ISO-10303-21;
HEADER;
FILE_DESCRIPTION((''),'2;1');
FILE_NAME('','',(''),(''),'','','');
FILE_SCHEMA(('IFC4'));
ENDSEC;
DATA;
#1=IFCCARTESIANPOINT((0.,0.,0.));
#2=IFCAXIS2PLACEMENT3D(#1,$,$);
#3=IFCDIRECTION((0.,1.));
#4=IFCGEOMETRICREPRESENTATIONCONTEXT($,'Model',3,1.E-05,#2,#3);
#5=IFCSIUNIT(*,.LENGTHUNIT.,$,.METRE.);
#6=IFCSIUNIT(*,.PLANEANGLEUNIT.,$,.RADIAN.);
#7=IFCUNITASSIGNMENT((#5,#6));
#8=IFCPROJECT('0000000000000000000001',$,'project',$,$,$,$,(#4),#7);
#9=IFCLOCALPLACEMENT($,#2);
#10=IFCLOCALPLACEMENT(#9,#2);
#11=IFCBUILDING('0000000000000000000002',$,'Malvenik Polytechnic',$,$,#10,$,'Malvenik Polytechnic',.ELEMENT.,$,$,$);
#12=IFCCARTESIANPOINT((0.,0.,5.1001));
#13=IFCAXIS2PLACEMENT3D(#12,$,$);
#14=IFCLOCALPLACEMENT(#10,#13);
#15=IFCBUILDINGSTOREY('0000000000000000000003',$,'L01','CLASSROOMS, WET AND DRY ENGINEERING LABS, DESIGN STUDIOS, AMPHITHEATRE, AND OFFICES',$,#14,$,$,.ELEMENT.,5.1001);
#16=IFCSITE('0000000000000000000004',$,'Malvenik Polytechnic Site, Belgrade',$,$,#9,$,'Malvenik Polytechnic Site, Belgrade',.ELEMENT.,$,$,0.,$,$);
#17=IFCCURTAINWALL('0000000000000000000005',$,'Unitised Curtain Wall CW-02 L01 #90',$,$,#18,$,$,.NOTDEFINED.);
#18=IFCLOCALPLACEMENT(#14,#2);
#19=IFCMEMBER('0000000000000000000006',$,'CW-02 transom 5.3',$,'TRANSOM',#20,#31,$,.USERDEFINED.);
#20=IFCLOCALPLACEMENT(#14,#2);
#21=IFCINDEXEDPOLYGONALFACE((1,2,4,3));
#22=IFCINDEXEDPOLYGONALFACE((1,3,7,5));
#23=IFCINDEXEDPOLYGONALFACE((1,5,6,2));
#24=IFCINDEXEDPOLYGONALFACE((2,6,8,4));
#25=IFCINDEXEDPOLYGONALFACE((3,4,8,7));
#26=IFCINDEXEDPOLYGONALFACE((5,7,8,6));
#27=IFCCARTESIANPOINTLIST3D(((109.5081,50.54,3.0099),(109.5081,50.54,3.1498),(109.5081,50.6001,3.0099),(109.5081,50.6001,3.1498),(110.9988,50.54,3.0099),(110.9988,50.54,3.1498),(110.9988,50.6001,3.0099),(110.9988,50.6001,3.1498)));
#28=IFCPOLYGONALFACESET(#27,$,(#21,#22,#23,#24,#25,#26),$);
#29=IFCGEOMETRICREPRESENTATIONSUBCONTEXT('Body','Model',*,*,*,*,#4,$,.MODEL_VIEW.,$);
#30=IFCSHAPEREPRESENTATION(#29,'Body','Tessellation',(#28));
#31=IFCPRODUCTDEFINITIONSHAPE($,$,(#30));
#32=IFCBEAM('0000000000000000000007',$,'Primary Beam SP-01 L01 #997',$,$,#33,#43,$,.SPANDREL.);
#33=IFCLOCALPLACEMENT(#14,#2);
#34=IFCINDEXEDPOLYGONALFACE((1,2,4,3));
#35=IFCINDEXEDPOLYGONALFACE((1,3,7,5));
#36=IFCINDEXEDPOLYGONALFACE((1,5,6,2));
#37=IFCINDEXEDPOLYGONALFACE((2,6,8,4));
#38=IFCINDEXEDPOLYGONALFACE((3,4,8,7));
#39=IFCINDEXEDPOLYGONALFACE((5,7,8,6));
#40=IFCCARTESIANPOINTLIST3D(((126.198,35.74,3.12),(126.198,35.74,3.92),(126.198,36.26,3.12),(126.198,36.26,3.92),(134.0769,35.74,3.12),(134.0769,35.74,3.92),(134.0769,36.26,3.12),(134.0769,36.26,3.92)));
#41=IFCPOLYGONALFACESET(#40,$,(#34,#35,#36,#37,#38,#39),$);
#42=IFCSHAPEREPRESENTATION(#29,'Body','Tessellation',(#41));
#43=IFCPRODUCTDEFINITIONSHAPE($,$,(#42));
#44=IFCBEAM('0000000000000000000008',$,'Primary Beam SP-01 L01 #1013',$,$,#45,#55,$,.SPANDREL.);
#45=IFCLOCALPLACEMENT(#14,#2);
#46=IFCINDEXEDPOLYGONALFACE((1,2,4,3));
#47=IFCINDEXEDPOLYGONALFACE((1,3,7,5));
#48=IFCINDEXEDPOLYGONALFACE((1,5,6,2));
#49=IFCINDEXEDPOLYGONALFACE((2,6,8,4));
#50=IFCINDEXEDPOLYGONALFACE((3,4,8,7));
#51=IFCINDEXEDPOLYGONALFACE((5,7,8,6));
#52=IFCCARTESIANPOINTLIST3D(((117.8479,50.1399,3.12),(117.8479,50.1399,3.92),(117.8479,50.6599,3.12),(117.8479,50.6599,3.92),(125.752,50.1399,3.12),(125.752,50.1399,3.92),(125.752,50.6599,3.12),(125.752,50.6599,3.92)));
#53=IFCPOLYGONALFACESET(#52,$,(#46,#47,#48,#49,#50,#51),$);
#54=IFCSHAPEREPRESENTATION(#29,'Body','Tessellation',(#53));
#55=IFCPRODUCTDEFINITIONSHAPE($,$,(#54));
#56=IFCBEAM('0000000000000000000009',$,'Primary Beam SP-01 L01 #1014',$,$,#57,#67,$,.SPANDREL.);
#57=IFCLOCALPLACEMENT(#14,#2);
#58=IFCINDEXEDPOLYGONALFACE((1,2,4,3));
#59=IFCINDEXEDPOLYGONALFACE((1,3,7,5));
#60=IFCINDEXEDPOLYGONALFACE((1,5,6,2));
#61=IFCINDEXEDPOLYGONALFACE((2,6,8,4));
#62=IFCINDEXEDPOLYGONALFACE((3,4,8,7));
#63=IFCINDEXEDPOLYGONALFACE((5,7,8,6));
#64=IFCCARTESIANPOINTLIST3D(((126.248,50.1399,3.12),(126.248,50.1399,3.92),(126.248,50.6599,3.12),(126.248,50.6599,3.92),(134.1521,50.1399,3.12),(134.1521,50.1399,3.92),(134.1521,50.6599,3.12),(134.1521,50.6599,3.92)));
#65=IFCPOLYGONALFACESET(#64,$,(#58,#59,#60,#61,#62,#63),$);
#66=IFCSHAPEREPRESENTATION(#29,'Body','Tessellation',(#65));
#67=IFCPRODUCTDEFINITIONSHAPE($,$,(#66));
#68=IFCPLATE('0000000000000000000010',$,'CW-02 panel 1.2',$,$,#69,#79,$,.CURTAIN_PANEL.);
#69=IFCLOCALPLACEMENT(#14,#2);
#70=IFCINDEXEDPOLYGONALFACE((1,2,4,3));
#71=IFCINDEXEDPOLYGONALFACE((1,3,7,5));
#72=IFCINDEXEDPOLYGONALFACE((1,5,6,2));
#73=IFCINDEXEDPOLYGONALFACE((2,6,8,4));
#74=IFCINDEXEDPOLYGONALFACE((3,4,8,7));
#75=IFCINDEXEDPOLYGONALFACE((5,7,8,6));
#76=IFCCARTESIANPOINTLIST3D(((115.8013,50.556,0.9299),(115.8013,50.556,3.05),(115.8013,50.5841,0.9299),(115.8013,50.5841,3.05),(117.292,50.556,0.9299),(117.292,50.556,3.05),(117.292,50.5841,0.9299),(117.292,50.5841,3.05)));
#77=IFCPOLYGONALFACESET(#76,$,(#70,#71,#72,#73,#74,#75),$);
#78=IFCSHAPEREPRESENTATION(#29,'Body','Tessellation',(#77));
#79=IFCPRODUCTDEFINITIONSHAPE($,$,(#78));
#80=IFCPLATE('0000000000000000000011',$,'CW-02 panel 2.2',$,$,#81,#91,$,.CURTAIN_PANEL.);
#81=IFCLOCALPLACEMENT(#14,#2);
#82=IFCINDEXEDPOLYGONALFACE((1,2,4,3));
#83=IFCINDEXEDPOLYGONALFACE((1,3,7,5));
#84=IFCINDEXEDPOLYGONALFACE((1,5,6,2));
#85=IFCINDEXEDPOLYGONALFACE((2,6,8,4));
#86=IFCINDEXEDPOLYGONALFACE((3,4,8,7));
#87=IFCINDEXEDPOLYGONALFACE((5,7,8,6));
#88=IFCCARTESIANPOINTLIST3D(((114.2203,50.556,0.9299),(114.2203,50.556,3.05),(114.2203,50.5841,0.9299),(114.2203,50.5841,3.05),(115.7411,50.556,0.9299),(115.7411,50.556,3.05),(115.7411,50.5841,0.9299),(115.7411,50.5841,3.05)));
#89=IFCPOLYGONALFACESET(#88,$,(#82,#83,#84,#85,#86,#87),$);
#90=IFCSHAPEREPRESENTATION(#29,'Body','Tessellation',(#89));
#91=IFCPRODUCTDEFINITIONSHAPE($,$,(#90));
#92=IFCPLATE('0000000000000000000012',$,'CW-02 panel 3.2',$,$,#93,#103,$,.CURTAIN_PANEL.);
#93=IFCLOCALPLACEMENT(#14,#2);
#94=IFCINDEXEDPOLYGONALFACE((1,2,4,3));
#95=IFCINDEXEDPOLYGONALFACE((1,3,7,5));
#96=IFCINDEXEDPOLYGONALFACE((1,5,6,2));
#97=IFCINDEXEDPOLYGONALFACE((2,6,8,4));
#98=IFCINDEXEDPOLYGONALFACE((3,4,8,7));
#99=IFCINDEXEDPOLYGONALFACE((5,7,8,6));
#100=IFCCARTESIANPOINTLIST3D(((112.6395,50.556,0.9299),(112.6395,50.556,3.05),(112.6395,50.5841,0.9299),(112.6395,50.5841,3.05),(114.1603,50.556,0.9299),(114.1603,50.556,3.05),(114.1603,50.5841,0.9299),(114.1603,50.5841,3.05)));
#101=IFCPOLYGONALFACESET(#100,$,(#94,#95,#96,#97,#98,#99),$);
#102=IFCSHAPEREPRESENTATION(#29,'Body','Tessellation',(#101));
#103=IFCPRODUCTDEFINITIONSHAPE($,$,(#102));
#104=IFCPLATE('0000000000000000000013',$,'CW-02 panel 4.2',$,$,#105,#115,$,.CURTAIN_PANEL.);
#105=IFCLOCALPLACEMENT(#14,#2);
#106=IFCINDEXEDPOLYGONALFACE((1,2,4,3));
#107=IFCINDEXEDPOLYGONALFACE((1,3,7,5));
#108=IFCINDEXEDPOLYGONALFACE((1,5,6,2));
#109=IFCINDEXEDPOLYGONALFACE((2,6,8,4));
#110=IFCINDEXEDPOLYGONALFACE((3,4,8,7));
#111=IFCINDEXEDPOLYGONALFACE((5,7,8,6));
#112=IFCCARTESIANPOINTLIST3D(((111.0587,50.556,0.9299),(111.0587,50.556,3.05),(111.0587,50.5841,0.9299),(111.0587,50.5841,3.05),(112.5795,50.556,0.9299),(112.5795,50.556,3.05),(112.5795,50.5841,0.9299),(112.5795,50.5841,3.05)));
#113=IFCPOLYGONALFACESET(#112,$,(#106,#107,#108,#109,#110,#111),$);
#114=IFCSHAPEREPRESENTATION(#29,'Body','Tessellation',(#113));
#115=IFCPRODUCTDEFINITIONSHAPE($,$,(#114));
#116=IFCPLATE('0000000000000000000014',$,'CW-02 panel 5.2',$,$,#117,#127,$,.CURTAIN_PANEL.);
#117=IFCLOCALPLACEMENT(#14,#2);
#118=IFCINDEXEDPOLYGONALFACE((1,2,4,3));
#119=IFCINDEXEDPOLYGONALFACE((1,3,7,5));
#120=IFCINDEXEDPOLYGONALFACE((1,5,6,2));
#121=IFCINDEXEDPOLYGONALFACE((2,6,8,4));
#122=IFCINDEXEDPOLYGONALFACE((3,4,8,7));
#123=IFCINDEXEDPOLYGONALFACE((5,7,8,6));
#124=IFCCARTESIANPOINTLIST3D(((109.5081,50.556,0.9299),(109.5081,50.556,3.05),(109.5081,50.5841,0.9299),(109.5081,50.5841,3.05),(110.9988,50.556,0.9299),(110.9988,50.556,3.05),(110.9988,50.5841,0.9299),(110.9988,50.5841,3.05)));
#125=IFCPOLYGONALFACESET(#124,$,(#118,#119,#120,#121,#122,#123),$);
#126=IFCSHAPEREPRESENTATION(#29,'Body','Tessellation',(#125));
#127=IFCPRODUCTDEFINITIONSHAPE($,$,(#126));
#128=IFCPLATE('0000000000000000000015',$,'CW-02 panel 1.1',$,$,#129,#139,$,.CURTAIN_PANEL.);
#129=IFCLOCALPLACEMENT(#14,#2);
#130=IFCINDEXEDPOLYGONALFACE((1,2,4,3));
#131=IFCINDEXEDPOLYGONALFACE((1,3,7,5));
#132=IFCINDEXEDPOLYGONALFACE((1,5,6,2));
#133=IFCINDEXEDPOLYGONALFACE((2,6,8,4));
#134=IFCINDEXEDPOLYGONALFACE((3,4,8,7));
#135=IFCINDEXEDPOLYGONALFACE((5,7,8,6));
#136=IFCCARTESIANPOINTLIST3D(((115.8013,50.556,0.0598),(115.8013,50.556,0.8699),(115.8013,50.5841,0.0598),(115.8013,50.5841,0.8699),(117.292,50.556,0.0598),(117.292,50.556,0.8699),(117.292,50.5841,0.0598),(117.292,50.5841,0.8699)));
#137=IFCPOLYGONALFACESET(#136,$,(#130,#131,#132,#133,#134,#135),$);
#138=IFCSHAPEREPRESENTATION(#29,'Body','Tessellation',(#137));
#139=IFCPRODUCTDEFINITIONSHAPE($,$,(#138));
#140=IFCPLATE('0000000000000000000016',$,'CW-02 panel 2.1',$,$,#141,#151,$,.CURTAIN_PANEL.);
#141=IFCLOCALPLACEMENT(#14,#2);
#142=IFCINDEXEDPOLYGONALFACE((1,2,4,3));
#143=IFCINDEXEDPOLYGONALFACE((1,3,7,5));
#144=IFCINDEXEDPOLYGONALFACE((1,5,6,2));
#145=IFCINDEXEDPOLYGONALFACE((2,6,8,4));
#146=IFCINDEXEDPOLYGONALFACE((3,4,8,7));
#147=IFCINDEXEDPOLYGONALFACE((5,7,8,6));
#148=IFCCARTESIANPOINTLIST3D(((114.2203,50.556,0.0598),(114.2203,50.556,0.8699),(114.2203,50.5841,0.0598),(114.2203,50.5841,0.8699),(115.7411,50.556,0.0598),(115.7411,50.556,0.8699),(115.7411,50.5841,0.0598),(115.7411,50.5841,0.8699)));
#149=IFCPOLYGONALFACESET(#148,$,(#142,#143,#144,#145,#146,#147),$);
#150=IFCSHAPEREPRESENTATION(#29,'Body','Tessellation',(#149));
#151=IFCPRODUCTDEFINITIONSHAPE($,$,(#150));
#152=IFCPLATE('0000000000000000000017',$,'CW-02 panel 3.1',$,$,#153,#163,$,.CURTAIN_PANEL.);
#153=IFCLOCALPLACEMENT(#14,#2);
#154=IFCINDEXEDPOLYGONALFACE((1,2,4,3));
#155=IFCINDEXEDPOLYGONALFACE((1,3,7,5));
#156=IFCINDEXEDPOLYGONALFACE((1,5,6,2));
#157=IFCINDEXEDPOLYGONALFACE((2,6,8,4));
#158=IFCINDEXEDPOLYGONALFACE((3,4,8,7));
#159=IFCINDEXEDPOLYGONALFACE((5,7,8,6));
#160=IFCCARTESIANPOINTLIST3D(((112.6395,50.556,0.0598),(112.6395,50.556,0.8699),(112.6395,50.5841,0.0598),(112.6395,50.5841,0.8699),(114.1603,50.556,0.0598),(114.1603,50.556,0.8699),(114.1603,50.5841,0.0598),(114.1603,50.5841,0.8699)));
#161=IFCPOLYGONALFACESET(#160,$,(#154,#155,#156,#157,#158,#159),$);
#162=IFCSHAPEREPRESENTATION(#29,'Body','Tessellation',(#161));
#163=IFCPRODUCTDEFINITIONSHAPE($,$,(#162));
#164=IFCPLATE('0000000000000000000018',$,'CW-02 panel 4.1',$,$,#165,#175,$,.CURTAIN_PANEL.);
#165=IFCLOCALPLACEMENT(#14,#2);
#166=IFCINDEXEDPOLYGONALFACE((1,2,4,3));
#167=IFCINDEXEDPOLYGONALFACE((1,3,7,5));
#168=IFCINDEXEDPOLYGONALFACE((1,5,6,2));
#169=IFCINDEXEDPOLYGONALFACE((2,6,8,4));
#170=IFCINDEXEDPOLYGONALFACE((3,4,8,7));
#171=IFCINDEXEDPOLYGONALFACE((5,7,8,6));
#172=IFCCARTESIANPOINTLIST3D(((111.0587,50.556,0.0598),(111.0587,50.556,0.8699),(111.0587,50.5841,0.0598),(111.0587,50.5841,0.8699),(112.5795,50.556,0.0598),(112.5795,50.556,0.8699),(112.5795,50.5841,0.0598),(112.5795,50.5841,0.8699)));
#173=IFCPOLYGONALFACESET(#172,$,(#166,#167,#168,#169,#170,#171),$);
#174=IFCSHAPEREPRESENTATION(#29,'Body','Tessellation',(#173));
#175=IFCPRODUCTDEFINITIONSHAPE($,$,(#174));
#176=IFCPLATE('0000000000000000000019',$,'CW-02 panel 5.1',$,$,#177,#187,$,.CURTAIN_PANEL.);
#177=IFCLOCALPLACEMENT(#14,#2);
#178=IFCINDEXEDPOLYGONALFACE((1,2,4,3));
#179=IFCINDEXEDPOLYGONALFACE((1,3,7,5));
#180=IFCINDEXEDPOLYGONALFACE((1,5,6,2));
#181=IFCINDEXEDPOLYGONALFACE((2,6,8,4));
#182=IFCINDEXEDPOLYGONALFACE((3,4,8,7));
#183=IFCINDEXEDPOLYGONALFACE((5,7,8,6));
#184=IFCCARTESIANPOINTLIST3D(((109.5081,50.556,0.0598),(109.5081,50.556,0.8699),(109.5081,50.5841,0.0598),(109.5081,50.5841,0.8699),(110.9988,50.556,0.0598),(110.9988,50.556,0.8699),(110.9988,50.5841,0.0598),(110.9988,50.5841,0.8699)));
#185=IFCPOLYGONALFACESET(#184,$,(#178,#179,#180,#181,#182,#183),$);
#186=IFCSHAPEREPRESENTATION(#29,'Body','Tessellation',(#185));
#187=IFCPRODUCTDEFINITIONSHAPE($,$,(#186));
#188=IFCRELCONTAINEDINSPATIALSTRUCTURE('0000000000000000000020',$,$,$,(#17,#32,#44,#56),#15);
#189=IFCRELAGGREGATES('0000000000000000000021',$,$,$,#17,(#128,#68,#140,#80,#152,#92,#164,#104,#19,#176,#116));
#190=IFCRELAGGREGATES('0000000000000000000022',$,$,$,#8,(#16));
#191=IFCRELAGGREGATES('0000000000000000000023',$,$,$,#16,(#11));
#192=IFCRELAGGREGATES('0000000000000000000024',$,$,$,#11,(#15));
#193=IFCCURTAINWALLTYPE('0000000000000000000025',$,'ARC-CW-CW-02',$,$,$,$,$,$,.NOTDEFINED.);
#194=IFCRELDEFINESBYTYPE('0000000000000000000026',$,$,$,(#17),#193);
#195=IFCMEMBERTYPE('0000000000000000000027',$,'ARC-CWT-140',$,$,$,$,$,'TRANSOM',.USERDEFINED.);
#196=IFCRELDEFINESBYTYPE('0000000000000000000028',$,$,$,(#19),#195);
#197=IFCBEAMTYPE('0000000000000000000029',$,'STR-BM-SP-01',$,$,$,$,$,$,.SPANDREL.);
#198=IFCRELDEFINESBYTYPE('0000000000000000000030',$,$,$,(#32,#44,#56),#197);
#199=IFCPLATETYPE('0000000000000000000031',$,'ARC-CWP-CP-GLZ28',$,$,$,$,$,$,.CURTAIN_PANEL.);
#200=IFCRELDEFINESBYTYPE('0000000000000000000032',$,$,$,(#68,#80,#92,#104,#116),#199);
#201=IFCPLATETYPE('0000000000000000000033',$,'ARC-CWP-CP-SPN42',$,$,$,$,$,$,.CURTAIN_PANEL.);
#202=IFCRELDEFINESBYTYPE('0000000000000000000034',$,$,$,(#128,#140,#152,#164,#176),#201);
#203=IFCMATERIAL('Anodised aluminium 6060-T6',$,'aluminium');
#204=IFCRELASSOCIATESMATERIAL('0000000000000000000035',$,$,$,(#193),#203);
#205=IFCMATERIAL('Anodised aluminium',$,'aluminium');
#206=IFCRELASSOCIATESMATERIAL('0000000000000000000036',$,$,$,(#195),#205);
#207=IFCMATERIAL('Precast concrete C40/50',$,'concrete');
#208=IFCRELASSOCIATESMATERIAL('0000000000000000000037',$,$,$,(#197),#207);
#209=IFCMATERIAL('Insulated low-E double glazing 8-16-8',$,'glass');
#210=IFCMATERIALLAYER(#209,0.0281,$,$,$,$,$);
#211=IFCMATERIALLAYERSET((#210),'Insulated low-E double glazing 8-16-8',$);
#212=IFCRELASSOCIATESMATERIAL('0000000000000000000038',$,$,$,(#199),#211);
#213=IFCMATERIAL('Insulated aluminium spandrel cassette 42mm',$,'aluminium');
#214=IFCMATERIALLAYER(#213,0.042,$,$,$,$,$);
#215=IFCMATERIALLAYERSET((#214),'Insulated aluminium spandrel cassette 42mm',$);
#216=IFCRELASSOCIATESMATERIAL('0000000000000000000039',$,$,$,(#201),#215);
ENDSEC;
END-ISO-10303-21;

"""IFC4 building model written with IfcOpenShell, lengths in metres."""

from ifc_helpers import new_model, si_unit, direction, frame, origin, origin_2d, place, context, subcontext, project, spatial, rectangle, extrude, material, layer, layer_set, material_profile, profile_set, type_object, element, aggregate, save


model = new_model("IFC4")

# Units and contexts
model_context = context("Model", 3, precision=1e-05, world=origin(), true_north=direction((0.0, 1.0)))
body_context = subcontext(model_context, "Body", "Model", "MODEL_VIEW")
ifc_project = project(units=[si_unit("LENGTHUNIT", "METRE"), si_unit("PLANEANGLEUNIT", "RADIAN")], contexts=[model_context])

# Site, building, storey
site_placement = place(None, origin())
site = spatial("IfcSite", under=ifc_project, at=site_placement, Name="Malvenik Polytechnic Site, Belgrade", LongName="Malvenik Polytechnic Site, Belgrade", CompositionType="ELEMENT", RefElevation=0.0)
building_placement = place(site_placement, origin())
building = spatial("IfcBuilding", under=site, at=building_placement, Name="Malvenik Polytechnic", LongName="Malvenik Polytechnic", CompositionType="ELEMENT")
storey_placement = place(building_placement, frame((0.0, 0.0, 5.1001)))
storey = spatial("IfcBuildingStorey", under=building, at=storey_placement, Name="L01", Description="CLASSROOMS, WET AND DRY ENGINEERING LABS, DESIGN STUDIOS, AMPHITHEATRE, AND OFFICES", CompositionType="ELEMENT", Elevation=5.1001)

# Curtain wall, member
ifc_material_1 = material(Name="Anodised aluminium 6060-T6", Category="aluminium")
curtain_wall_type = type_object("IfcCurtainWallType", Name="ARC-CW-CW-02", PredefinedType="NOTDEFINED", material=ifc_material_1)
curtain_wall_placement = place(storey_placement, origin())
curtain_wall = element("IfcCurtainWall", 1, at=curtain_wall_placement, inside=storey, type_object=curtain_wall_type, Name="Unitised Curtain Wall CW-02 L01 #90", PredefinedType="NOTDEFINED")
ifc_material_2 = material(Name="Anodised aluminium", Category="aluminium")
ifc_material_profile_1 = material_profile(ifc_material_2, rectangle(XDim=0.0601, YDim=0.1399, at=origin_2d()), Name="ALU TRANSOM 60x140")
ifc_profile_set_1 = profile_set([ifc_material_profile_1], Name="Anodised aluminium")
member_type_1 = type_object("IfcMemberType", Name="ARC-CWT-140", ElementType="TRANSOM", PredefinedType="USERDEFINED", material=ifc_profile_set_1)
member_1_placement = place(storey_placement, frame((110.9988, 50.5701, 3.0798), z_axis=(-1.0, 0.0, 0.0), x_axis=(0.0, -1.0, 0.0)))
member_1 = element("IfcMember", 2, at=member_1_placement, type_object=member_type_1, Name="CW-02 transom 5.3", ObjectType="TRANSOM", PredefinedType="USERDEFINED", context=body_context, shape_type="SweptSolid", body=[
    extrude(rectangle(XDim=0.0601, YDim=0.1399, at=origin_2d()), origin(), (0.0, 0.0, 1.0), 1.4907),
])

# Beams
ifc_material_3 = material(Name="Precast concrete C40/50", Category="concrete")
ifc_material_profile_2 = material_profile(ifc_material_3, rectangle(XDim=0.52, YDim=0.8, at=origin_2d()), Name="PC SPN 520x800")
ifc_profile_set_2 = profile_set([ifc_material_profile_2], Name="Precast concrete C40/50")
beam_type = type_object("IfcBeamType", Name="STR-BM-SP-01", PredefinedType="SPANDREL", material=ifc_profile_set_2)
beam_placement = place(storey_placement, frame((126.198, 36.0, 3.52), z_axis=(1.0, 0.0, 0.0), x_axis=(0.0, 1.0, 0.0)))
element("IfcBeam", 3, at=beam_placement, inside=storey, type_object=beam_type, Name="Primary Beam SP-01 L01 #997", PredefinedType="SPANDREL", context=body_context, shape_type="SweptSolid", body=[
    extrude(rectangle(XDim=0.52, YDim=0.8, at=origin_2d()), origin(), (0.0, 0.0, 1.0), 7.8789),
])
for number, where, z_axis, x_axis, name in (
    (4, (117.8479, 50.3999, 3.52), (1.0, 0.0, 0.0), (0.0, 1.0, 0.0), "Primary Beam SP-01 L01 #1013"),
    (5, (126.248, 50.3999, 3.52), (1.0, 0.0, 0.0), (0.0, 1.0, 0.0), "Primary Beam SP-01 L01 #1014"),
):
    element("IfcBeam", number, at=place(storey_placement, frame(where, z_axis=z_axis, x_axis=x_axis)), inside=storey, type_object=beam_type, Name=name, PredefinedType="SPANDREL", context=body_context, shape_type="SweptSolid", body=[
        extrude(rectangle(XDim=0.52, YDim=0.8, at=origin_2d()), origin(), (0.0, 0.0, 1.0), 7.9041),
    ])

# Plates
ifc_material_4 = material(Name="Insulated low-E double glazing 8-16-8", Category="glass")
ifc_layer_1 = layer(ifc_material_4, 0.0281)
ifc_layer_set_1 = layer_set([ifc_layer_1], Name="Insulated low-E double glazing 8-16-8")
plate_type_1 = type_object("IfcPlateType", Name="ARC-CWP-CP-GLZ28", PredefinedType="CURTAIN_PANEL", material=ifc_layer_set_1)
plate_1_placement = place(storey_placement, frame((116.5466, 50.5701, 0.9299), z_axis=(0.0, 0.0, 1.0), x_axis=(-1.0, 0.0, 0.0)))
plate_1 = element("IfcPlate", 6, at=plate_1_placement, type_object=plate_type_1, Name="CW-02 panel 1.2", PredefinedType="CURTAIN_PANEL", context=body_context, shape_type="SweptSolid", body=[
    extrude(rectangle(XDim=1.4907, YDim=0.0281, at=origin_2d()), origin(), (0.0, 0.0, 1.0), 2.1201),
])
plate_2_placement = place(storey_placement, frame((114.9807, 50.5701, 0.9299), z_axis=(0.0, 0.0, 1.0), x_axis=(-1.0, 0.0, 0.0)))
plate_2 = element("IfcPlate", 7, at=plate_2_placement, type_object=plate_type_1, Name="CW-02 panel 2.2", PredefinedType="CURTAIN_PANEL", context=body_context, shape_type="SweptSolid", body=[
    extrude(rectangle(XDim=1.5208, YDim=0.0281, at=origin_2d()), origin(), (0.0, 0.0, 1.0), 2.1201),
])
plate_3_placement = place(storey_placement, frame((113.3999, 50.5701, 0.9299), z_axis=(0.0, 0.0, 1.0), x_axis=(-1.0, 0.0, 0.0)))
plate_3 = element("IfcPlate", 8, at=plate_3_placement, type_object=plate_type_1, Name="CW-02 panel 3.2", PredefinedType="CURTAIN_PANEL", context=body_context, shape_type="SweptSolid", body=[
    extrude(rectangle(XDim=1.5208, YDim=0.0281, at=origin_2d()), origin(), (0.0, 0.0, 1.0), 2.1201),
])
plate_4_placement = place(storey_placement, frame((111.8191, 50.5701, 0.9299), z_axis=(0.0, 0.0, 1.0), x_axis=(-1.0, 0.0, 0.0)))
plate_4 = element("IfcPlate", 9, at=plate_4_placement, type_object=plate_type_1, Name="CW-02 panel 4.2", PredefinedType="CURTAIN_PANEL", context=body_context, shape_type="SweptSolid", body=[
    extrude(rectangle(XDim=1.5208, YDim=0.0281, at=origin_2d()), origin(), (0.0, 0.0, 1.0), 2.1201),
])
plate_5_placement = place(storey_placement, frame((110.2534, 50.5701, 0.9299), z_axis=(0.0, 0.0, 1.0), x_axis=(-1.0, 0.0, 0.0)))
plate_5 = element("IfcPlate", 10, at=plate_5_placement, type_object=plate_type_1, Name="CW-02 panel 5.2", PredefinedType="CURTAIN_PANEL", context=body_context, shape_type="SweptSolid", body=[
    extrude(rectangle(XDim=1.4907, YDim=0.0281, at=origin_2d()), origin(), (0.0, 0.0, 1.0), 2.1201),
])
ifc_material_5 = material(Name="Insulated aluminium spandrel cassette 42mm", Category="aluminium")
ifc_layer_2 = layer(ifc_material_5, 0.042)
ifc_layer_set_2 = layer_set([ifc_layer_2], Name="Insulated aluminium spandrel cassette 42mm")
plate_type_2 = type_object("IfcPlateType", Name="ARC-CWP-CP-SPN42", PredefinedType="CURTAIN_PANEL", material=ifc_layer_set_2)
plate_6_placement = place(storey_placement, frame((116.5466, 50.5701, 0.0598), z_axis=(0.0, 0.0, 1.0), x_axis=(-1.0, 0.0, 0.0)))
plate_6 = element("IfcPlate", 11, at=plate_6_placement, type_object=plate_type_2, Name="CW-02 panel 1.1", PredefinedType="CURTAIN_PANEL", context=body_context, shape_type="SweptSolid", body=[
    extrude(rectangle(XDim=1.4907, YDim=0.0281, at=origin_2d()), origin(), (0.0, 0.0, 1.0), 0.8101),
])
plate_7_placement = place(storey_placement, frame((114.9807, 50.5701, 0.0598), z_axis=(0.0, 0.0, 1.0), x_axis=(-1.0, 0.0, 0.0)))
plate_7 = element("IfcPlate", 12, at=plate_7_placement, type_object=plate_type_2, Name="CW-02 panel 2.1", PredefinedType="CURTAIN_PANEL", context=body_context, shape_type="SweptSolid", body=[
    extrude(rectangle(XDim=1.5208, YDim=0.0281, at=origin_2d()), origin(), (0.0, 0.0, 1.0), 0.8101),
])
plate_8_placement = place(storey_placement, frame((113.3999, 50.5701, 0.0598), z_axis=(0.0, 0.0, 1.0), x_axis=(-1.0, 0.0, 0.0)))
plate_8 = element("IfcPlate", 13, at=plate_8_placement, type_object=plate_type_2, Name="CW-02 panel 3.1", PredefinedType="CURTAIN_PANEL", context=body_context, shape_type="SweptSolid", body=[
    extrude(rectangle(XDim=1.5208, YDim=0.0281, at=origin_2d()), origin(), (0.0, 0.0, 1.0), 0.8101),
])
plate_9_placement = place(storey_placement, frame((111.8191, 50.5701, 0.0598), z_axis=(0.0, 0.0, 1.0), x_axis=(-1.0, 0.0, 0.0)))
plate_9 = element("IfcPlate", 14, at=plate_9_placement, type_object=plate_type_2, Name="CW-02 panel 4.1", PredefinedType="CURTAIN_PANEL", context=body_context, shape_type="SweptSolid", body=[
    extrude(rectangle(XDim=1.5208, YDim=0.0281, at=origin_2d()), origin(), (0.0, 0.0, 1.0), 0.8101),
])
plate_10_placement = place(storey_placement, frame((110.2534, 50.5701, 0.0598), z_axis=(0.0, 0.0, 1.0), x_axis=(-1.0, 0.0, 0.0)))
plate_10 = element("IfcPlate", 15, at=plate_10_placement, type_object=plate_type_2, Name="CW-02 panel 5.1", PredefinedType="CURTAIN_PANEL", context=body_context, shape_type="SweptSolid", body=[
    extrude(rectangle(XDim=1.4907, YDim=0.0281, at=origin_2d()), origin(), (0.0, 0.0, 1.0), 0.8101),
])
aggregate(curtain_wall, [plate_6, plate_1, plate_7, plate_2, plate_8, plate_3, plate_9, plate_4, member_1, plate_10, plate_5])

save(model, "model.ifc")
